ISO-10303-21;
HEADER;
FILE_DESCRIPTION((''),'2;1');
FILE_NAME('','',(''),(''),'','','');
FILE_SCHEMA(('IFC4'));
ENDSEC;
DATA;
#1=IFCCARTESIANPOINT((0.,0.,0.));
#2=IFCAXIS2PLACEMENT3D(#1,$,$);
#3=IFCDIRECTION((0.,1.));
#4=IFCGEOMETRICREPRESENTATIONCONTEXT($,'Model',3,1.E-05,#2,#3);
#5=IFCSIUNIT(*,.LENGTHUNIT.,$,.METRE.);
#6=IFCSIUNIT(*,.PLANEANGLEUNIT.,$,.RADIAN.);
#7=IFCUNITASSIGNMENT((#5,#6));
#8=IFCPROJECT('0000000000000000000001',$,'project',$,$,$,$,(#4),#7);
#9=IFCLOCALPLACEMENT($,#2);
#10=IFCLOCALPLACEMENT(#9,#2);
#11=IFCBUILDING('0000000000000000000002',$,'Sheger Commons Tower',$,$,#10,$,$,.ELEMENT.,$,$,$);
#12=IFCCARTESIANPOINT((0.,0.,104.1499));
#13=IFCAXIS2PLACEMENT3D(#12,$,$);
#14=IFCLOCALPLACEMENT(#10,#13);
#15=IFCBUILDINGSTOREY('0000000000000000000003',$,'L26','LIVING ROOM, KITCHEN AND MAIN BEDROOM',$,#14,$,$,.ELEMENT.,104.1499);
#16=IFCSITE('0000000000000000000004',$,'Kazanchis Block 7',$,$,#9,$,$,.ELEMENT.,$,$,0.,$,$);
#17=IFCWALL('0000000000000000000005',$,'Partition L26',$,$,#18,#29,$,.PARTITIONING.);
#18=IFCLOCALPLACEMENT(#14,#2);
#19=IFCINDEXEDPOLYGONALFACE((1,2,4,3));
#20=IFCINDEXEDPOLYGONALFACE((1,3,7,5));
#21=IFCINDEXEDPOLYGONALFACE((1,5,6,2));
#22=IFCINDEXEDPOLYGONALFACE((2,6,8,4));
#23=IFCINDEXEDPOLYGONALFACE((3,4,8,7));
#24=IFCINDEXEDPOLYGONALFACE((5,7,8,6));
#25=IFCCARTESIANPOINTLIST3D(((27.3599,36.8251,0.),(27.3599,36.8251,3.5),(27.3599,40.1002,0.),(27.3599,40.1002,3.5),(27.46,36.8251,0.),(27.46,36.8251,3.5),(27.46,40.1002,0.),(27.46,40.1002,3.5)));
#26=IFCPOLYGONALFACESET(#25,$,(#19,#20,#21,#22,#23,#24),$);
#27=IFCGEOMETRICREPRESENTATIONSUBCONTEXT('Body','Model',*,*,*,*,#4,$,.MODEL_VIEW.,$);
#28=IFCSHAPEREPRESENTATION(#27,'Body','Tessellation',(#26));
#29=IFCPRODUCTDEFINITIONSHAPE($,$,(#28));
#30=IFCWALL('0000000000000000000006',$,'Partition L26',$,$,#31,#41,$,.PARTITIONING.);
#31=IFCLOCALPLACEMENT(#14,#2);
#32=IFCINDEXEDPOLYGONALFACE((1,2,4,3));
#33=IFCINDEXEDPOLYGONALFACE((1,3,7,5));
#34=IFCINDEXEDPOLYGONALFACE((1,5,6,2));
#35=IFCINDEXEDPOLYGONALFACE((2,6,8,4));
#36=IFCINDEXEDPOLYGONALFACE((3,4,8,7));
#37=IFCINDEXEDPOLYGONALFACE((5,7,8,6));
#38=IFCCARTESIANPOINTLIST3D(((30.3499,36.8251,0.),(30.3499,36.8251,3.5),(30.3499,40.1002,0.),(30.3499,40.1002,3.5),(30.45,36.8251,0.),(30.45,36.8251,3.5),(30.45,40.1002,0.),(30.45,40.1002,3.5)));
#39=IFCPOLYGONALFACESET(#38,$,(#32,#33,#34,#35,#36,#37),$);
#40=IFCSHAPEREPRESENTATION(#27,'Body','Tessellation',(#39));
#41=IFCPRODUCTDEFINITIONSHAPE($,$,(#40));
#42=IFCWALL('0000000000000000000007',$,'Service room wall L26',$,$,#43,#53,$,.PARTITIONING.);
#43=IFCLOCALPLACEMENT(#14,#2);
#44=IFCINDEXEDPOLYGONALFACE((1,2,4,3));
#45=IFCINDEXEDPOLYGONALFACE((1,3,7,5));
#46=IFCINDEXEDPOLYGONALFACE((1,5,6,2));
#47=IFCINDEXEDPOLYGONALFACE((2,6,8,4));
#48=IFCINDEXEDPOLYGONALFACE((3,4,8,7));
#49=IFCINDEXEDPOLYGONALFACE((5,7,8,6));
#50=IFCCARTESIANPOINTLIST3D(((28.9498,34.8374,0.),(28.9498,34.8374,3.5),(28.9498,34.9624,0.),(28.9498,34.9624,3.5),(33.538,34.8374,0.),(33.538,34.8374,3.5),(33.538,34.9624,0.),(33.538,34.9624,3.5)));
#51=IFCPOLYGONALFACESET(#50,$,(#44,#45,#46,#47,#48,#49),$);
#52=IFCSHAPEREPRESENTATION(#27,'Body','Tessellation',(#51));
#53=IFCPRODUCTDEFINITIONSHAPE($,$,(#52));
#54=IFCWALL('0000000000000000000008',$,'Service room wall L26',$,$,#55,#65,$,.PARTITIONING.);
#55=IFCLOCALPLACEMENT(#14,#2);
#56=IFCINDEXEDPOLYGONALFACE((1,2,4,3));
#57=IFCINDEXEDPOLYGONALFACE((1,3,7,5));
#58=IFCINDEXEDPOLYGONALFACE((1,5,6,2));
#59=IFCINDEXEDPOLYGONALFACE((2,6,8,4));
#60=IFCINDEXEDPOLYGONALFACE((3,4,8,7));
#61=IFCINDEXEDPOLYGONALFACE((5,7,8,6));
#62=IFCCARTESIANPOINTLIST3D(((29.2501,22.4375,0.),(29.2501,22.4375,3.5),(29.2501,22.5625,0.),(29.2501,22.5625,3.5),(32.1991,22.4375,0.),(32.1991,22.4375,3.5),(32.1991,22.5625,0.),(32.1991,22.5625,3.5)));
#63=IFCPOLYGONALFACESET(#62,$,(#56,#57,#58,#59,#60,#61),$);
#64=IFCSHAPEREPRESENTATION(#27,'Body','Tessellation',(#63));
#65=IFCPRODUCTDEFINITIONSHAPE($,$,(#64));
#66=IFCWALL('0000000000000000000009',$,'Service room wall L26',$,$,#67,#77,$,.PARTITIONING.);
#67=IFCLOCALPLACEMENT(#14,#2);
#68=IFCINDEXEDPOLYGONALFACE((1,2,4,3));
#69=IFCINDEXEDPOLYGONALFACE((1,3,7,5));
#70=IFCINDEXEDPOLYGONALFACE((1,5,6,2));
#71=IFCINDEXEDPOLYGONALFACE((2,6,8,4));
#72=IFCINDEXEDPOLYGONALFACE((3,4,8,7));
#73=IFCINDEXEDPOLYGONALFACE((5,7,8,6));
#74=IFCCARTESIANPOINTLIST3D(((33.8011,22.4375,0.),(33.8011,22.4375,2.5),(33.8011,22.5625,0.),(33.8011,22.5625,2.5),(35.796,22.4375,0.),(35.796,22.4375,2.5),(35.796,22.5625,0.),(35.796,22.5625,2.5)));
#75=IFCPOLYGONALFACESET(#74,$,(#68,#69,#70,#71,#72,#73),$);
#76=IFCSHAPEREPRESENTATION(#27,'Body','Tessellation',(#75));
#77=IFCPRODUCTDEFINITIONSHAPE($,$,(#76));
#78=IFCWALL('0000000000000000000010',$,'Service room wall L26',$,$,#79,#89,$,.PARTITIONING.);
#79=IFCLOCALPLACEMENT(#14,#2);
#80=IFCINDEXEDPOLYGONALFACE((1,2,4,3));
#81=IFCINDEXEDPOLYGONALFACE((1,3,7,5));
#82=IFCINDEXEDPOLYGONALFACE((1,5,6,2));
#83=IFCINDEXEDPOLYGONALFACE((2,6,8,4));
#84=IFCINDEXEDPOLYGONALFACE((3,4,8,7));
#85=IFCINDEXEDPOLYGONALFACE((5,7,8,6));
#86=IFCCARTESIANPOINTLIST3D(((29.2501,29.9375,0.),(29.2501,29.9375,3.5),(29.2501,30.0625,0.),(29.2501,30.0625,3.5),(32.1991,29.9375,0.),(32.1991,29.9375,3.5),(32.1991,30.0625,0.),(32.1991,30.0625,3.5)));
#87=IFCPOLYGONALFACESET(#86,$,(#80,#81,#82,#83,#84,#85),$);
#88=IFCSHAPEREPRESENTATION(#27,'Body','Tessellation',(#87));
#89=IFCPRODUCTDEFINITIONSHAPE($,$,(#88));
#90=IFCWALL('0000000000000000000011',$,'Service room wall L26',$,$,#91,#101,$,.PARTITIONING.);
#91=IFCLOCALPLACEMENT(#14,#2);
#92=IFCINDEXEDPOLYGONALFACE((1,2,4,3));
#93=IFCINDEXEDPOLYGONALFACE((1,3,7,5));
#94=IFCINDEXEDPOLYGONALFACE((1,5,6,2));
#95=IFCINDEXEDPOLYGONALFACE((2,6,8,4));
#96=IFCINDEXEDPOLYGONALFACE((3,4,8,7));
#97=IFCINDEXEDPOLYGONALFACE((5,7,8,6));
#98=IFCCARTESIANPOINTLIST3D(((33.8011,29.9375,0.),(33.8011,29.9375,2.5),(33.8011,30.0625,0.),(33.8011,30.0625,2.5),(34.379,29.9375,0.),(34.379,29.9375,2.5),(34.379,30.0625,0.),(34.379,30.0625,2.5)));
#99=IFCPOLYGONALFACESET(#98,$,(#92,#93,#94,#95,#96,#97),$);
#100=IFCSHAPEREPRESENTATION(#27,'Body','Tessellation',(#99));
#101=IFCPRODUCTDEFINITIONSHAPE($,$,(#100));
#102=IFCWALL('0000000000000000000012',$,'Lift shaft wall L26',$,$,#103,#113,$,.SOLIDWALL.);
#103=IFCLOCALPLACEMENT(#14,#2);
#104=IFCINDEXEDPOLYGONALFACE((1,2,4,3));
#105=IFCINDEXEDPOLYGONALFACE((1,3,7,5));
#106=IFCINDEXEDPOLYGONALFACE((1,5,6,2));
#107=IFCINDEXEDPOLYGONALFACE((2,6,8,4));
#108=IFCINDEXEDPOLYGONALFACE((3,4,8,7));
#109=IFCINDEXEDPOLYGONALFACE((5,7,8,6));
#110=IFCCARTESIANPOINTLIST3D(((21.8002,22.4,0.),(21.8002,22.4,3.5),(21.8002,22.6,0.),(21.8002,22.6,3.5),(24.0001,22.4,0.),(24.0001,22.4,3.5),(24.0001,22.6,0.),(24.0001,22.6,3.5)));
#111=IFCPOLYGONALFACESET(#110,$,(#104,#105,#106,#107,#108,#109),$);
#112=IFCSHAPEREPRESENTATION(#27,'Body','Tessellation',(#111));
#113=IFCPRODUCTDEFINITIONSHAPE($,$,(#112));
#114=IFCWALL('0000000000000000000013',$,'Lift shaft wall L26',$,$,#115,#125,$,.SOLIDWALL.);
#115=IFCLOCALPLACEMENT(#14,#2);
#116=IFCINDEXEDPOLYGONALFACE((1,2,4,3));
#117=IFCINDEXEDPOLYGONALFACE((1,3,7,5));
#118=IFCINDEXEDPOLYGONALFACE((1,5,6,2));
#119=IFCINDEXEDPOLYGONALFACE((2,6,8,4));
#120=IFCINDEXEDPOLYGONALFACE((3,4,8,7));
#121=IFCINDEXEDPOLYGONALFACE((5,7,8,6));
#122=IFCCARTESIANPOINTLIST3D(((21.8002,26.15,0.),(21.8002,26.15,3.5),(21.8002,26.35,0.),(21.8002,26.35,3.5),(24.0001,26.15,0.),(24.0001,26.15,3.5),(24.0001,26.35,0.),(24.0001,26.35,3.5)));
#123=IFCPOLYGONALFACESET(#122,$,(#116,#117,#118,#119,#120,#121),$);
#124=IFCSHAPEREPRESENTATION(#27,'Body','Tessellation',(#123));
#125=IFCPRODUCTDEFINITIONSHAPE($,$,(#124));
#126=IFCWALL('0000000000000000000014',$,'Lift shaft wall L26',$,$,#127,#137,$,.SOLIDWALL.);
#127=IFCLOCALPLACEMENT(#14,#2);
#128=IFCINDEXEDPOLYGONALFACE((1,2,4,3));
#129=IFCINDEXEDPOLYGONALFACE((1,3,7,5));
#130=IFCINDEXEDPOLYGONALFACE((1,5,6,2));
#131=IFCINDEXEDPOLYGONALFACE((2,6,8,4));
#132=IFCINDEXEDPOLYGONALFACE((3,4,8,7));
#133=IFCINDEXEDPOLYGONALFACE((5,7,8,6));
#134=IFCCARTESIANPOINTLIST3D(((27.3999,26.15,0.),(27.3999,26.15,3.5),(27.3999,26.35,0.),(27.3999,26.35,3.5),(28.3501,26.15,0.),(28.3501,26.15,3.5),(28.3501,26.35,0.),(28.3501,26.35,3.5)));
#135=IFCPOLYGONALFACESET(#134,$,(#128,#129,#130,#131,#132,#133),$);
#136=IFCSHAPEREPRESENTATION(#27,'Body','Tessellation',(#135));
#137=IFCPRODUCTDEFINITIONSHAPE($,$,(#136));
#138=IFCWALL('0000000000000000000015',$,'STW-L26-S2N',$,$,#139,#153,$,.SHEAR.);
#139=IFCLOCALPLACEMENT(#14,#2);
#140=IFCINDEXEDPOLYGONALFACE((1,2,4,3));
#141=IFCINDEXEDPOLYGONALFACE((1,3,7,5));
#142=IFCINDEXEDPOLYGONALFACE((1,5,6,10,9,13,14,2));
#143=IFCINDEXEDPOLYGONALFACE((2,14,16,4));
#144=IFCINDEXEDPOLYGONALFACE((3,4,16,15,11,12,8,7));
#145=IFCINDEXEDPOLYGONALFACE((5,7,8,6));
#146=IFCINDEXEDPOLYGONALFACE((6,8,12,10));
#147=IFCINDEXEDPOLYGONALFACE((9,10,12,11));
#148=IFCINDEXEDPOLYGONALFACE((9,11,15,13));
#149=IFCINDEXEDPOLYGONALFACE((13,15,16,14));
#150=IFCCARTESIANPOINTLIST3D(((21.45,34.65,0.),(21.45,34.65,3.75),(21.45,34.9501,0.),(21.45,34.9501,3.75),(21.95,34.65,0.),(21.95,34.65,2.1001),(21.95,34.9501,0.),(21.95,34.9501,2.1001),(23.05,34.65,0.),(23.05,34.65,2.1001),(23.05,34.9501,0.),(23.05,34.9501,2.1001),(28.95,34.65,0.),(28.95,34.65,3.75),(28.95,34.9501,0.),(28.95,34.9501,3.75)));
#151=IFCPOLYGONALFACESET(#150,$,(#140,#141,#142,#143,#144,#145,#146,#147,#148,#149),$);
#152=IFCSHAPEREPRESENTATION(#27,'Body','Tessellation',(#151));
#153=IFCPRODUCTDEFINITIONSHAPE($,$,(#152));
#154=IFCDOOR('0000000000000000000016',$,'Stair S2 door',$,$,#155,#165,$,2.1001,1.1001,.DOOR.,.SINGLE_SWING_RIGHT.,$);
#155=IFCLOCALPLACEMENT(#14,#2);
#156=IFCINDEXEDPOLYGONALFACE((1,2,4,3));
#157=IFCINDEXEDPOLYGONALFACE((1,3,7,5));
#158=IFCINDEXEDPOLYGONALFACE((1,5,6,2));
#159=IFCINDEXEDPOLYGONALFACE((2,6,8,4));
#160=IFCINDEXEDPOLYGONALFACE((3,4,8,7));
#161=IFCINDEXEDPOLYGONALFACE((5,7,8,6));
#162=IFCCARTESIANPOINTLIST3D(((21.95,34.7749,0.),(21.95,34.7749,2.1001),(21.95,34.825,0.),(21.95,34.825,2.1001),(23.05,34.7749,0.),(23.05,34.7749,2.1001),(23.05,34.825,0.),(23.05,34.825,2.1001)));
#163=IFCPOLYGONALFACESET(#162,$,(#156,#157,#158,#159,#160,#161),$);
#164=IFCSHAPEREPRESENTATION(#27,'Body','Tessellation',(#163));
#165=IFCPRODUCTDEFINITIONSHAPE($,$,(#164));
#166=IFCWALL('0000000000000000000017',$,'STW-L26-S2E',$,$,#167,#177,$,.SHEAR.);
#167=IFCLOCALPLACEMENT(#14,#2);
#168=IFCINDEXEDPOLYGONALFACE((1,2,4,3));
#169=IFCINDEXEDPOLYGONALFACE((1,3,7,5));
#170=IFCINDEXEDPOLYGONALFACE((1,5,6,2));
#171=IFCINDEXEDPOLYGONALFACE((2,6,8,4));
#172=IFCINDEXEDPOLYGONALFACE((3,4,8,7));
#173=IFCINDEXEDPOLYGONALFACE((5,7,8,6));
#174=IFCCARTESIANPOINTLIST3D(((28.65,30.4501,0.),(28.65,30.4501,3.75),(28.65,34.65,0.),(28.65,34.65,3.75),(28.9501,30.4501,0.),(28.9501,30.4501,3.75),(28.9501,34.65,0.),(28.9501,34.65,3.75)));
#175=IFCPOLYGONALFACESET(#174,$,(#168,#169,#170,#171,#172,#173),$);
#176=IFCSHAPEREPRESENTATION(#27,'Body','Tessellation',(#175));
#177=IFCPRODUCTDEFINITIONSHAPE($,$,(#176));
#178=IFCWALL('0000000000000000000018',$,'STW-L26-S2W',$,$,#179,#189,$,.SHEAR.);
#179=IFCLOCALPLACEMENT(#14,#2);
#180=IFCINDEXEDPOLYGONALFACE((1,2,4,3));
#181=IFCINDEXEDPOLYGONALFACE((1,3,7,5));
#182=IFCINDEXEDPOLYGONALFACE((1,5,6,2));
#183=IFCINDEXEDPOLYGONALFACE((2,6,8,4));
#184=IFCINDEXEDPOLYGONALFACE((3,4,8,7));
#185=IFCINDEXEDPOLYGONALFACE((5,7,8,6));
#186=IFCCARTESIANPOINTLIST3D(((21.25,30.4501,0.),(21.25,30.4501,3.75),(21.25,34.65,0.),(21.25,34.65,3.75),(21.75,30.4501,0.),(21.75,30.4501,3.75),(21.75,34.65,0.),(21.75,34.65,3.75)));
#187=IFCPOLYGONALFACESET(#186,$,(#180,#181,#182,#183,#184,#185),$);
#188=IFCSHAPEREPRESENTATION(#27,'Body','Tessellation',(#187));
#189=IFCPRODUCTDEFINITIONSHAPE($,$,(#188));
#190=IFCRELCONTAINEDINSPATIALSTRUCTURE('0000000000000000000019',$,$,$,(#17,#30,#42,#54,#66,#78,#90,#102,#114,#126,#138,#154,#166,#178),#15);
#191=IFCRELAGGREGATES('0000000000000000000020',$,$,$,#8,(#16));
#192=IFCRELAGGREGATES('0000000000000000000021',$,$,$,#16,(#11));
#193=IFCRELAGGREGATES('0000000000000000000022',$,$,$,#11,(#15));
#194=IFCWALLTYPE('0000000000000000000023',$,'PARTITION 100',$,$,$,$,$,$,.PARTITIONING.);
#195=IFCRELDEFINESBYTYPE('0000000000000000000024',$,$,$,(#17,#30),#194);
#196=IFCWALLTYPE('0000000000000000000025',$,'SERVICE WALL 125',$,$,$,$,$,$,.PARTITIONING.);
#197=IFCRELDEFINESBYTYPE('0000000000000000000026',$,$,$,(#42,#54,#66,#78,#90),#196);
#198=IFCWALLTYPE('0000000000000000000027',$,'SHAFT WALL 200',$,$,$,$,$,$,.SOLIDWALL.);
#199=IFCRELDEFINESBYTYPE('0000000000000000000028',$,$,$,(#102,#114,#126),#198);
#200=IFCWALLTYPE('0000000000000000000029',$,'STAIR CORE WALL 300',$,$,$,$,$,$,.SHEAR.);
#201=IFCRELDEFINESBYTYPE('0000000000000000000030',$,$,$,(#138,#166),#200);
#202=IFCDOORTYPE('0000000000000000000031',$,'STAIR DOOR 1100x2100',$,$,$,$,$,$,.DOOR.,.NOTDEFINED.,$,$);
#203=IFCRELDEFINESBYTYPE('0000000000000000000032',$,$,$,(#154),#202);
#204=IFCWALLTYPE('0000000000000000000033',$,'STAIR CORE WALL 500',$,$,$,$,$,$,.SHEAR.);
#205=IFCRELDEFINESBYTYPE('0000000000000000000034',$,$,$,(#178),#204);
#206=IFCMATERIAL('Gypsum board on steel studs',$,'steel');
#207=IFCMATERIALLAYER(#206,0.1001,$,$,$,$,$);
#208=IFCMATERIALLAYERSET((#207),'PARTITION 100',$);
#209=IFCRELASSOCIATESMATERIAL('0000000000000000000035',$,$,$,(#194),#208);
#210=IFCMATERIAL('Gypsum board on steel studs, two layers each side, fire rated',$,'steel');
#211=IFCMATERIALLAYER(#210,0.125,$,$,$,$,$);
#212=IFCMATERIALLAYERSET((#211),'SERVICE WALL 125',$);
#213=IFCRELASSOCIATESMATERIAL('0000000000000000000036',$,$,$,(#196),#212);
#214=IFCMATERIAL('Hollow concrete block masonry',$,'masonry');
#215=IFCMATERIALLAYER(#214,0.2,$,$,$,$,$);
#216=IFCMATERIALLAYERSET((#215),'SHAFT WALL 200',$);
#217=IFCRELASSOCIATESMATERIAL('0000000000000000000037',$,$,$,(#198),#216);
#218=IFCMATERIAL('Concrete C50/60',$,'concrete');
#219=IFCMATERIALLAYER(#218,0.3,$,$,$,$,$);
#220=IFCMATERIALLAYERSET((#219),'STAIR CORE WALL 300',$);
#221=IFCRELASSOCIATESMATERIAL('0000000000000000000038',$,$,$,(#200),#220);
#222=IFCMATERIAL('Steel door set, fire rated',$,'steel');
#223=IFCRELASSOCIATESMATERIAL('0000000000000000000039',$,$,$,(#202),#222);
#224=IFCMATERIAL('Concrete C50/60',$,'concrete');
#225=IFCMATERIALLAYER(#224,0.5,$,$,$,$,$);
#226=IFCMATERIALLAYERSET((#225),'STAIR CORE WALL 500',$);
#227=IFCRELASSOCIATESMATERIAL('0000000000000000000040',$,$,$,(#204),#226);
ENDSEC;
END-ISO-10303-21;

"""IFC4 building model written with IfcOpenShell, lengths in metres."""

from ifc_helpers import new_model, si_unit, direction, frame, frame_2d, origin, place, context, subcontext, project, spatial, rectangle, extrude, material, layer, layer_set, type_object, element, fill, save


model = new_model("IFC4")

# Units and contexts
model_context = context("Model", 3, precision=1e-05, world=origin(), true_north=direction((0.0, 1.0)))
body_context = subcontext(model_context, "Body", "Model", "MODEL_VIEW")
ifc_project = project(units=[si_unit("LENGTHUNIT", "METRE"), si_unit("PLANEANGLEUNIT", "RADIAN")], contexts=[model_context])

# Site, building, storey
site_placement = place(None, origin())
site = spatial("IfcSite", under=ifc_project, at=site_placement, Name="Kazanchis Block 7", CompositionType="ELEMENT", RefElevation=0.0)
building_placement = place(site_placement, origin())
building = spatial("IfcBuilding", under=site, at=building_placement, Name="Sheger Commons Tower", CompositionType="ELEMENT")
storey_placement = place(building_placement, frame((0.0, 0.0, 104.1499)))
storey = spatial("IfcBuildingStorey", under=building, at=storey_placement, Name="L26", Description="LIVING ROOM, KITCHEN AND MAIN BEDROOM", CompositionType="ELEMENT", Elevation=104.1499)

# Walls
ifc_material_1 = material(Name="Gypsum board on steel studs", Category="steel")
ifc_layer_1 = layer(ifc_material_1, 0.1001)
ifc_layer_set_1 = layer_set([ifc_layer_1], Name="PARTITION 100")
wall_type_1 = type_object("IfcWallType", Name="PARTITION 100", PredefinedType="PARTITIONING", material=ifc_layer_set_1)
for number, where, z_axis, x_axis, name in (
    (1, (27.4099, 36.825, 0.0), (0.0, 0.0, 1.0), (0.0, 1.0, 0.0), "Partition L26"),
    (2, (30.3999, 36.825, 0.0), (0.0, 0.0, 1.0), (0.0, 1.0, 0.0), "Partition L26"),
):
    element("IfcWall", number, at=place(storey_placement, frame(where, z_axis=z_axis, x_axis=x_axis)), inside=storey, type_object=wall_type_1, Name=name, PredefinedType="PARTITIONING", context=body_context, shape_type="SweptSolid", body=[
        extrude(rectangle(XDim=3.2751, YDim=0.1001, at=frame_2d((1.6377, 0.0))), origin(), (0.0, 0.0, 1.0), 3.5),
    ])
ifc_material_2 = material(Name="Gypsum board on steel studs, two layers each side, fire rated", Category="steel")
ifc_layer_2 = layer(ifc_material_2, 0.125)
ifc_layer_set_2 = layer_set([ifc_layer_2], Name="SERVICE WALL 125")
wall_type_2 = type_object("IfcWallType", Name="SERVICE WALL 125", PredefinedType="PARTITIONING", material=ifc_layer_set_2)
wall_1_placement = place(storey_placement, frame((28.95, 34.8999, 0.0), z_axis=(0.0, 0.0, 1.0), x_axis=(1.0, 0.0, 0.0)))
element("IfcWall", 3, at=wall_1_placement, inside=storey, type_object=wall_type_2, Name="Service room wall L26", PredefinedType="PARTITIONING", context=body_context, shape_type="SweptSolid", body=[
    extrude(rectangle(XDim=4.5881, YDim=0.125, at=frame_2d((2.2939, 0.0))), origin(), (0.0, 0.0, 1.0), 3.5),
])
wall_2_placement = place(storey_placement, frame((29.25, 22.5, 0.0), z_axis=(0.0, 0.0, 1.0), x_axis=(1.0, 0.0, 0.0)))
element("IfcWall", 4, at=wall_2_placement, inside=storey, type_object=wall_type_2, Name="Service room wall L26", PredefinedType="PARTITIONING", context=body_context, shape_type="SweptSolid", body=[
    extrude(rectangle(XDim=2.949, YDim=0.125, at=frame_2d((1.4746, 0.0))), origin(), (0.0, 0.0, 1.0), 3.5),
])
wall_3_placement = place(storey_placement, frame((33.801, 22.5, 0.0), z_axis=(0.0, 0.0, 1.0), x_axis=(1.0, 0.0, 0.0)))
element("IfcWall", 5, at=wall_3_placement, inside=storey, type_object=wall_type_2, Name="Service room wall L26", PredefinedType="PARTITIONING", context=body_context, shape_type="SweptSolid", body=[
    extrude(rectangle(XDim=1.9949, YDim=0.125, at=frame_2d((0.9976, 0.0))), origin(), (0.0, 0.0, 1.0), 2.5),
])
wall_4_placement = place(storey_placement, frame((29.25, 30.0, 0.0), z_axis=(0.0, 0.0, 1.0), x_axis=(1.0, 0.0, 0.0)))
element("IfcWall", 6, at=wall_4_placement, inside=storey, type_object=wall_type_2, Name="Service room wall L26", PredefinedType="PARTITIONING", context=body_context, shape_type="SweptSolid", body=[
    extrude(rectangle(XDim=2.949, YDim=0.125, at=frame_2d((1.4746, 0.0))), origin(), (0.0, 0.0, 1.0), 3.5),
])
wall_5_placement = place(storey_placement, frame((33.801, 30.0, 0.0), z_axis=(0.0, 0.0, 1.0), x_axis=(1.0, 0.0, 0.0)))
element("IfcWall", 7, at=wall_5_placement, inside=storey, type_object=wall_type_2, Name="Service room wall L26", PredefinedType="PARTITIONING", context=body_context, shape_type="SweptSolid", body=[
    extrude(rectangle(XDim=0.5779, YDim=0.125, at=frame_2d((0.2891, 0.0))), origin(), (0.0, 0.0, 1.0), 2.5),
])
ifc_material_3 = material(Name="Hollow concrete block masonry", Category="masonry")
ifc_layer_3 = layer(ifc_material_3, 0.2)
ifc_layer_set_3 = layer_set([ifc_layer_3], Name="SHAFT WALL 200")
wall_type_3 = type_object("IfcWallType", Name="SHAFT WALL 200", PredefinedType="SOLIDWALL", material=ifc_layer_set_3)
for number, where, z_axis, x_axis, name in (
    (8, (21.8, 22.5, 0.0), (0.0, 0.0, 1.0), (1.0, 0.0, 0.0), "Lift shaft wall L26"),
    (9, (21.8, 26.25, 0.0), (0.0, 0.0, 1.0), (1.0, 0.0, 0.0), "Lift shaft wall L26"),
):
    element("IfcWall", number, at=place(storey_placement, frame(where, z_axis=z_axis, x_axis=x_axis)), inside=storey, type_object=wall_type_3, Name=name, PredefinedType="SOLIDWALL", context=body_context, shape_type="SweptSolid", body=[
        extrude(rectangle(XDim=2.2, YDim=0.2, at=frame_2d((1.1001, 0.0))), origin(), (0.0, 0.0, 1.0), 3.5),
    ])
wall_6_placement = place(storey_placement, frame((27.3999, 26.25, 0.0), z_axis=(0.0, 0.0, 1.0), x_axis=(1.0, 0.0, 0.0)))
element("IfcWall", 10, at=wall_6_placement, inside=storey, type_object=wall_type_3, Name="Lift shaft wall L26", PredefinedType="SOLIDWALL", context=body_context, shape_type="SweptSolid", body=[
    extrude(rectangle(XDim=0.9502, YDim=0.2, at=frame_2d((0.4751, 0.0))), origin(), (0.0, 0.0, 1.0), 3.5),
])

# Wall, opening, door
ifc_material_4 = material(Name="Concrete C50/60", Category="concrete")
ifc_layer_4 = layer(ifc_material_4, 0.3)
ifc_layer_set_4 = layer_set([ifc_layer_4], Name="STAIR CORE WALL 300")
wall_type_4 = type_object("IfcWallType", Name="STAIR CORE WALL 300", PredefinedType="SHEAR", material=ifc_layer_set_4)
wall_7_placement = place(storey_placement, frame((21.45, 34.8, 0.0), z_axis=(0.0, 0.0, 1.0), x_axis=(1.0, 0.0, 0.0)))
wall_7 = element("IfcWall", 11, at=wall_7_placement, inside=storey, type_object=wall_type_4, Name="STW-L26-S2N", PredefinedType="SHEAR", context=body_context, shape_type="SweptSolid", body=[
    extrude(rectangle(XDim=7.5, YDim=0.3, at=frame_2d((3.75, 0.0))), origin(), (0.0, 0.0, 1.0), 3.75),
])
opening_1_placement = place(wall_7_placement, frame((0.5, 0.0, 0.0)))
opening_1 = element("IfcOpeningElement", 12, at=opening_1_placement, cuts=wall_7, PredefinedType="OPENING", context=body_context, shape_type="SweptSolid", body=[
    extrude(rectangle(XDim=1.1001, YDim=2.1001, at=frame_2d((0.55, 1.05))), frame((0.0, 0.1599, 0.0), z_axis=(0.0, -1.0, 0.0), x_axis=(1.0, 0.0, 0.0)), (0.0, 0.0, 1.0), 0.3201),
])
ifc_material_5 = material(Name="Steel door set, fire rated", Category="steel")
door_type_1 = type_object("IfcDoorType", Name="STAIR DOOR 1100x2100", OperationType="NOTDEFINED", PredefinedType="DOOR", material=ifc_material_5)
door_1_placement = place(opening_1_placement, origin())
door_1 = element("IfcDoor", 13, at=door_1_placement, inside=storey, type_object=door_type_1, Name="Stair S2 door", OperationType="SINGLE_SWING_RIGHT", OverallHeight=2.1001, OverallWidth=1.1001, PredefinedType="DOOR", context=body_context, shape_type="SweptSolid", body=[
    extrude(rectangle(XDim=1.1001, YDim=2.1001, at=frame_2d((0.55, 1.05))), frame((0.0, 0.0249, 0.0), z_axis=(0.0, -1.0, 0.0), x_axis=(1.0, 0.0, 0.0)), (0.0, 0.0, 1.0), 0.05),
])
fill(opening_1, door_1)

# Walls
wall_8_placement = place(storey_placement, frame((28.8, 30.45, 0.0), z_axis=(0.0, 0.0, 1.0), x_axis=(0.0, 1.0, 0.0)))
element("IfcWall", 14, at=wall_8_placement, inside=storey, type_object=wall_type_4, Name="STW-L26-S2E", PredefinedType="SHEAR", context=body_context, shape_type="SweptSolid", body=[
    extrude(rectangle(XDim=4.2, YDim=0.3, at=frame_2d((2.1001, 0.0))), origin(), (0.0, 0.0, 1.0), 3.75),
])
ifc_material_6 = material(Name="Concrete C50/60", Category="concrete")
ifc_layer_5 = layer(ifc_material_6, 0.5)
ifc_layer_set_5 = layer_set([ifc_layer_5], Name="STAIR CORE WALL 500")
wall_type_5 = type_object("IfcWallType", Name="STAIR CORE WALL 500", PredefinedType="SHEAR", material=ifc_layer_set_5)
wall_9_placement = place(storey_placement, frame((21.5, 30.45, 0.0), z_axis=(0.0, 0.0, 1.0), x_axis=(0.0, 1.0, 0.0)))
element("IfcWall", 15, at=wall_9_placement, inside=storey, type_object=wall_type_5, Name="STW-L26-S2W", PredefinedType="SHEAR", context=body_context, shape_type="SweptSolid", body=[
    extrude(rectangle(XDim=4.2, YDim=0.5, at=frame_2d((2.1001, 0.0))), origin(), (0.0, 0.0, 1.0), 3.75),
])

save(model, "model.ifc")
